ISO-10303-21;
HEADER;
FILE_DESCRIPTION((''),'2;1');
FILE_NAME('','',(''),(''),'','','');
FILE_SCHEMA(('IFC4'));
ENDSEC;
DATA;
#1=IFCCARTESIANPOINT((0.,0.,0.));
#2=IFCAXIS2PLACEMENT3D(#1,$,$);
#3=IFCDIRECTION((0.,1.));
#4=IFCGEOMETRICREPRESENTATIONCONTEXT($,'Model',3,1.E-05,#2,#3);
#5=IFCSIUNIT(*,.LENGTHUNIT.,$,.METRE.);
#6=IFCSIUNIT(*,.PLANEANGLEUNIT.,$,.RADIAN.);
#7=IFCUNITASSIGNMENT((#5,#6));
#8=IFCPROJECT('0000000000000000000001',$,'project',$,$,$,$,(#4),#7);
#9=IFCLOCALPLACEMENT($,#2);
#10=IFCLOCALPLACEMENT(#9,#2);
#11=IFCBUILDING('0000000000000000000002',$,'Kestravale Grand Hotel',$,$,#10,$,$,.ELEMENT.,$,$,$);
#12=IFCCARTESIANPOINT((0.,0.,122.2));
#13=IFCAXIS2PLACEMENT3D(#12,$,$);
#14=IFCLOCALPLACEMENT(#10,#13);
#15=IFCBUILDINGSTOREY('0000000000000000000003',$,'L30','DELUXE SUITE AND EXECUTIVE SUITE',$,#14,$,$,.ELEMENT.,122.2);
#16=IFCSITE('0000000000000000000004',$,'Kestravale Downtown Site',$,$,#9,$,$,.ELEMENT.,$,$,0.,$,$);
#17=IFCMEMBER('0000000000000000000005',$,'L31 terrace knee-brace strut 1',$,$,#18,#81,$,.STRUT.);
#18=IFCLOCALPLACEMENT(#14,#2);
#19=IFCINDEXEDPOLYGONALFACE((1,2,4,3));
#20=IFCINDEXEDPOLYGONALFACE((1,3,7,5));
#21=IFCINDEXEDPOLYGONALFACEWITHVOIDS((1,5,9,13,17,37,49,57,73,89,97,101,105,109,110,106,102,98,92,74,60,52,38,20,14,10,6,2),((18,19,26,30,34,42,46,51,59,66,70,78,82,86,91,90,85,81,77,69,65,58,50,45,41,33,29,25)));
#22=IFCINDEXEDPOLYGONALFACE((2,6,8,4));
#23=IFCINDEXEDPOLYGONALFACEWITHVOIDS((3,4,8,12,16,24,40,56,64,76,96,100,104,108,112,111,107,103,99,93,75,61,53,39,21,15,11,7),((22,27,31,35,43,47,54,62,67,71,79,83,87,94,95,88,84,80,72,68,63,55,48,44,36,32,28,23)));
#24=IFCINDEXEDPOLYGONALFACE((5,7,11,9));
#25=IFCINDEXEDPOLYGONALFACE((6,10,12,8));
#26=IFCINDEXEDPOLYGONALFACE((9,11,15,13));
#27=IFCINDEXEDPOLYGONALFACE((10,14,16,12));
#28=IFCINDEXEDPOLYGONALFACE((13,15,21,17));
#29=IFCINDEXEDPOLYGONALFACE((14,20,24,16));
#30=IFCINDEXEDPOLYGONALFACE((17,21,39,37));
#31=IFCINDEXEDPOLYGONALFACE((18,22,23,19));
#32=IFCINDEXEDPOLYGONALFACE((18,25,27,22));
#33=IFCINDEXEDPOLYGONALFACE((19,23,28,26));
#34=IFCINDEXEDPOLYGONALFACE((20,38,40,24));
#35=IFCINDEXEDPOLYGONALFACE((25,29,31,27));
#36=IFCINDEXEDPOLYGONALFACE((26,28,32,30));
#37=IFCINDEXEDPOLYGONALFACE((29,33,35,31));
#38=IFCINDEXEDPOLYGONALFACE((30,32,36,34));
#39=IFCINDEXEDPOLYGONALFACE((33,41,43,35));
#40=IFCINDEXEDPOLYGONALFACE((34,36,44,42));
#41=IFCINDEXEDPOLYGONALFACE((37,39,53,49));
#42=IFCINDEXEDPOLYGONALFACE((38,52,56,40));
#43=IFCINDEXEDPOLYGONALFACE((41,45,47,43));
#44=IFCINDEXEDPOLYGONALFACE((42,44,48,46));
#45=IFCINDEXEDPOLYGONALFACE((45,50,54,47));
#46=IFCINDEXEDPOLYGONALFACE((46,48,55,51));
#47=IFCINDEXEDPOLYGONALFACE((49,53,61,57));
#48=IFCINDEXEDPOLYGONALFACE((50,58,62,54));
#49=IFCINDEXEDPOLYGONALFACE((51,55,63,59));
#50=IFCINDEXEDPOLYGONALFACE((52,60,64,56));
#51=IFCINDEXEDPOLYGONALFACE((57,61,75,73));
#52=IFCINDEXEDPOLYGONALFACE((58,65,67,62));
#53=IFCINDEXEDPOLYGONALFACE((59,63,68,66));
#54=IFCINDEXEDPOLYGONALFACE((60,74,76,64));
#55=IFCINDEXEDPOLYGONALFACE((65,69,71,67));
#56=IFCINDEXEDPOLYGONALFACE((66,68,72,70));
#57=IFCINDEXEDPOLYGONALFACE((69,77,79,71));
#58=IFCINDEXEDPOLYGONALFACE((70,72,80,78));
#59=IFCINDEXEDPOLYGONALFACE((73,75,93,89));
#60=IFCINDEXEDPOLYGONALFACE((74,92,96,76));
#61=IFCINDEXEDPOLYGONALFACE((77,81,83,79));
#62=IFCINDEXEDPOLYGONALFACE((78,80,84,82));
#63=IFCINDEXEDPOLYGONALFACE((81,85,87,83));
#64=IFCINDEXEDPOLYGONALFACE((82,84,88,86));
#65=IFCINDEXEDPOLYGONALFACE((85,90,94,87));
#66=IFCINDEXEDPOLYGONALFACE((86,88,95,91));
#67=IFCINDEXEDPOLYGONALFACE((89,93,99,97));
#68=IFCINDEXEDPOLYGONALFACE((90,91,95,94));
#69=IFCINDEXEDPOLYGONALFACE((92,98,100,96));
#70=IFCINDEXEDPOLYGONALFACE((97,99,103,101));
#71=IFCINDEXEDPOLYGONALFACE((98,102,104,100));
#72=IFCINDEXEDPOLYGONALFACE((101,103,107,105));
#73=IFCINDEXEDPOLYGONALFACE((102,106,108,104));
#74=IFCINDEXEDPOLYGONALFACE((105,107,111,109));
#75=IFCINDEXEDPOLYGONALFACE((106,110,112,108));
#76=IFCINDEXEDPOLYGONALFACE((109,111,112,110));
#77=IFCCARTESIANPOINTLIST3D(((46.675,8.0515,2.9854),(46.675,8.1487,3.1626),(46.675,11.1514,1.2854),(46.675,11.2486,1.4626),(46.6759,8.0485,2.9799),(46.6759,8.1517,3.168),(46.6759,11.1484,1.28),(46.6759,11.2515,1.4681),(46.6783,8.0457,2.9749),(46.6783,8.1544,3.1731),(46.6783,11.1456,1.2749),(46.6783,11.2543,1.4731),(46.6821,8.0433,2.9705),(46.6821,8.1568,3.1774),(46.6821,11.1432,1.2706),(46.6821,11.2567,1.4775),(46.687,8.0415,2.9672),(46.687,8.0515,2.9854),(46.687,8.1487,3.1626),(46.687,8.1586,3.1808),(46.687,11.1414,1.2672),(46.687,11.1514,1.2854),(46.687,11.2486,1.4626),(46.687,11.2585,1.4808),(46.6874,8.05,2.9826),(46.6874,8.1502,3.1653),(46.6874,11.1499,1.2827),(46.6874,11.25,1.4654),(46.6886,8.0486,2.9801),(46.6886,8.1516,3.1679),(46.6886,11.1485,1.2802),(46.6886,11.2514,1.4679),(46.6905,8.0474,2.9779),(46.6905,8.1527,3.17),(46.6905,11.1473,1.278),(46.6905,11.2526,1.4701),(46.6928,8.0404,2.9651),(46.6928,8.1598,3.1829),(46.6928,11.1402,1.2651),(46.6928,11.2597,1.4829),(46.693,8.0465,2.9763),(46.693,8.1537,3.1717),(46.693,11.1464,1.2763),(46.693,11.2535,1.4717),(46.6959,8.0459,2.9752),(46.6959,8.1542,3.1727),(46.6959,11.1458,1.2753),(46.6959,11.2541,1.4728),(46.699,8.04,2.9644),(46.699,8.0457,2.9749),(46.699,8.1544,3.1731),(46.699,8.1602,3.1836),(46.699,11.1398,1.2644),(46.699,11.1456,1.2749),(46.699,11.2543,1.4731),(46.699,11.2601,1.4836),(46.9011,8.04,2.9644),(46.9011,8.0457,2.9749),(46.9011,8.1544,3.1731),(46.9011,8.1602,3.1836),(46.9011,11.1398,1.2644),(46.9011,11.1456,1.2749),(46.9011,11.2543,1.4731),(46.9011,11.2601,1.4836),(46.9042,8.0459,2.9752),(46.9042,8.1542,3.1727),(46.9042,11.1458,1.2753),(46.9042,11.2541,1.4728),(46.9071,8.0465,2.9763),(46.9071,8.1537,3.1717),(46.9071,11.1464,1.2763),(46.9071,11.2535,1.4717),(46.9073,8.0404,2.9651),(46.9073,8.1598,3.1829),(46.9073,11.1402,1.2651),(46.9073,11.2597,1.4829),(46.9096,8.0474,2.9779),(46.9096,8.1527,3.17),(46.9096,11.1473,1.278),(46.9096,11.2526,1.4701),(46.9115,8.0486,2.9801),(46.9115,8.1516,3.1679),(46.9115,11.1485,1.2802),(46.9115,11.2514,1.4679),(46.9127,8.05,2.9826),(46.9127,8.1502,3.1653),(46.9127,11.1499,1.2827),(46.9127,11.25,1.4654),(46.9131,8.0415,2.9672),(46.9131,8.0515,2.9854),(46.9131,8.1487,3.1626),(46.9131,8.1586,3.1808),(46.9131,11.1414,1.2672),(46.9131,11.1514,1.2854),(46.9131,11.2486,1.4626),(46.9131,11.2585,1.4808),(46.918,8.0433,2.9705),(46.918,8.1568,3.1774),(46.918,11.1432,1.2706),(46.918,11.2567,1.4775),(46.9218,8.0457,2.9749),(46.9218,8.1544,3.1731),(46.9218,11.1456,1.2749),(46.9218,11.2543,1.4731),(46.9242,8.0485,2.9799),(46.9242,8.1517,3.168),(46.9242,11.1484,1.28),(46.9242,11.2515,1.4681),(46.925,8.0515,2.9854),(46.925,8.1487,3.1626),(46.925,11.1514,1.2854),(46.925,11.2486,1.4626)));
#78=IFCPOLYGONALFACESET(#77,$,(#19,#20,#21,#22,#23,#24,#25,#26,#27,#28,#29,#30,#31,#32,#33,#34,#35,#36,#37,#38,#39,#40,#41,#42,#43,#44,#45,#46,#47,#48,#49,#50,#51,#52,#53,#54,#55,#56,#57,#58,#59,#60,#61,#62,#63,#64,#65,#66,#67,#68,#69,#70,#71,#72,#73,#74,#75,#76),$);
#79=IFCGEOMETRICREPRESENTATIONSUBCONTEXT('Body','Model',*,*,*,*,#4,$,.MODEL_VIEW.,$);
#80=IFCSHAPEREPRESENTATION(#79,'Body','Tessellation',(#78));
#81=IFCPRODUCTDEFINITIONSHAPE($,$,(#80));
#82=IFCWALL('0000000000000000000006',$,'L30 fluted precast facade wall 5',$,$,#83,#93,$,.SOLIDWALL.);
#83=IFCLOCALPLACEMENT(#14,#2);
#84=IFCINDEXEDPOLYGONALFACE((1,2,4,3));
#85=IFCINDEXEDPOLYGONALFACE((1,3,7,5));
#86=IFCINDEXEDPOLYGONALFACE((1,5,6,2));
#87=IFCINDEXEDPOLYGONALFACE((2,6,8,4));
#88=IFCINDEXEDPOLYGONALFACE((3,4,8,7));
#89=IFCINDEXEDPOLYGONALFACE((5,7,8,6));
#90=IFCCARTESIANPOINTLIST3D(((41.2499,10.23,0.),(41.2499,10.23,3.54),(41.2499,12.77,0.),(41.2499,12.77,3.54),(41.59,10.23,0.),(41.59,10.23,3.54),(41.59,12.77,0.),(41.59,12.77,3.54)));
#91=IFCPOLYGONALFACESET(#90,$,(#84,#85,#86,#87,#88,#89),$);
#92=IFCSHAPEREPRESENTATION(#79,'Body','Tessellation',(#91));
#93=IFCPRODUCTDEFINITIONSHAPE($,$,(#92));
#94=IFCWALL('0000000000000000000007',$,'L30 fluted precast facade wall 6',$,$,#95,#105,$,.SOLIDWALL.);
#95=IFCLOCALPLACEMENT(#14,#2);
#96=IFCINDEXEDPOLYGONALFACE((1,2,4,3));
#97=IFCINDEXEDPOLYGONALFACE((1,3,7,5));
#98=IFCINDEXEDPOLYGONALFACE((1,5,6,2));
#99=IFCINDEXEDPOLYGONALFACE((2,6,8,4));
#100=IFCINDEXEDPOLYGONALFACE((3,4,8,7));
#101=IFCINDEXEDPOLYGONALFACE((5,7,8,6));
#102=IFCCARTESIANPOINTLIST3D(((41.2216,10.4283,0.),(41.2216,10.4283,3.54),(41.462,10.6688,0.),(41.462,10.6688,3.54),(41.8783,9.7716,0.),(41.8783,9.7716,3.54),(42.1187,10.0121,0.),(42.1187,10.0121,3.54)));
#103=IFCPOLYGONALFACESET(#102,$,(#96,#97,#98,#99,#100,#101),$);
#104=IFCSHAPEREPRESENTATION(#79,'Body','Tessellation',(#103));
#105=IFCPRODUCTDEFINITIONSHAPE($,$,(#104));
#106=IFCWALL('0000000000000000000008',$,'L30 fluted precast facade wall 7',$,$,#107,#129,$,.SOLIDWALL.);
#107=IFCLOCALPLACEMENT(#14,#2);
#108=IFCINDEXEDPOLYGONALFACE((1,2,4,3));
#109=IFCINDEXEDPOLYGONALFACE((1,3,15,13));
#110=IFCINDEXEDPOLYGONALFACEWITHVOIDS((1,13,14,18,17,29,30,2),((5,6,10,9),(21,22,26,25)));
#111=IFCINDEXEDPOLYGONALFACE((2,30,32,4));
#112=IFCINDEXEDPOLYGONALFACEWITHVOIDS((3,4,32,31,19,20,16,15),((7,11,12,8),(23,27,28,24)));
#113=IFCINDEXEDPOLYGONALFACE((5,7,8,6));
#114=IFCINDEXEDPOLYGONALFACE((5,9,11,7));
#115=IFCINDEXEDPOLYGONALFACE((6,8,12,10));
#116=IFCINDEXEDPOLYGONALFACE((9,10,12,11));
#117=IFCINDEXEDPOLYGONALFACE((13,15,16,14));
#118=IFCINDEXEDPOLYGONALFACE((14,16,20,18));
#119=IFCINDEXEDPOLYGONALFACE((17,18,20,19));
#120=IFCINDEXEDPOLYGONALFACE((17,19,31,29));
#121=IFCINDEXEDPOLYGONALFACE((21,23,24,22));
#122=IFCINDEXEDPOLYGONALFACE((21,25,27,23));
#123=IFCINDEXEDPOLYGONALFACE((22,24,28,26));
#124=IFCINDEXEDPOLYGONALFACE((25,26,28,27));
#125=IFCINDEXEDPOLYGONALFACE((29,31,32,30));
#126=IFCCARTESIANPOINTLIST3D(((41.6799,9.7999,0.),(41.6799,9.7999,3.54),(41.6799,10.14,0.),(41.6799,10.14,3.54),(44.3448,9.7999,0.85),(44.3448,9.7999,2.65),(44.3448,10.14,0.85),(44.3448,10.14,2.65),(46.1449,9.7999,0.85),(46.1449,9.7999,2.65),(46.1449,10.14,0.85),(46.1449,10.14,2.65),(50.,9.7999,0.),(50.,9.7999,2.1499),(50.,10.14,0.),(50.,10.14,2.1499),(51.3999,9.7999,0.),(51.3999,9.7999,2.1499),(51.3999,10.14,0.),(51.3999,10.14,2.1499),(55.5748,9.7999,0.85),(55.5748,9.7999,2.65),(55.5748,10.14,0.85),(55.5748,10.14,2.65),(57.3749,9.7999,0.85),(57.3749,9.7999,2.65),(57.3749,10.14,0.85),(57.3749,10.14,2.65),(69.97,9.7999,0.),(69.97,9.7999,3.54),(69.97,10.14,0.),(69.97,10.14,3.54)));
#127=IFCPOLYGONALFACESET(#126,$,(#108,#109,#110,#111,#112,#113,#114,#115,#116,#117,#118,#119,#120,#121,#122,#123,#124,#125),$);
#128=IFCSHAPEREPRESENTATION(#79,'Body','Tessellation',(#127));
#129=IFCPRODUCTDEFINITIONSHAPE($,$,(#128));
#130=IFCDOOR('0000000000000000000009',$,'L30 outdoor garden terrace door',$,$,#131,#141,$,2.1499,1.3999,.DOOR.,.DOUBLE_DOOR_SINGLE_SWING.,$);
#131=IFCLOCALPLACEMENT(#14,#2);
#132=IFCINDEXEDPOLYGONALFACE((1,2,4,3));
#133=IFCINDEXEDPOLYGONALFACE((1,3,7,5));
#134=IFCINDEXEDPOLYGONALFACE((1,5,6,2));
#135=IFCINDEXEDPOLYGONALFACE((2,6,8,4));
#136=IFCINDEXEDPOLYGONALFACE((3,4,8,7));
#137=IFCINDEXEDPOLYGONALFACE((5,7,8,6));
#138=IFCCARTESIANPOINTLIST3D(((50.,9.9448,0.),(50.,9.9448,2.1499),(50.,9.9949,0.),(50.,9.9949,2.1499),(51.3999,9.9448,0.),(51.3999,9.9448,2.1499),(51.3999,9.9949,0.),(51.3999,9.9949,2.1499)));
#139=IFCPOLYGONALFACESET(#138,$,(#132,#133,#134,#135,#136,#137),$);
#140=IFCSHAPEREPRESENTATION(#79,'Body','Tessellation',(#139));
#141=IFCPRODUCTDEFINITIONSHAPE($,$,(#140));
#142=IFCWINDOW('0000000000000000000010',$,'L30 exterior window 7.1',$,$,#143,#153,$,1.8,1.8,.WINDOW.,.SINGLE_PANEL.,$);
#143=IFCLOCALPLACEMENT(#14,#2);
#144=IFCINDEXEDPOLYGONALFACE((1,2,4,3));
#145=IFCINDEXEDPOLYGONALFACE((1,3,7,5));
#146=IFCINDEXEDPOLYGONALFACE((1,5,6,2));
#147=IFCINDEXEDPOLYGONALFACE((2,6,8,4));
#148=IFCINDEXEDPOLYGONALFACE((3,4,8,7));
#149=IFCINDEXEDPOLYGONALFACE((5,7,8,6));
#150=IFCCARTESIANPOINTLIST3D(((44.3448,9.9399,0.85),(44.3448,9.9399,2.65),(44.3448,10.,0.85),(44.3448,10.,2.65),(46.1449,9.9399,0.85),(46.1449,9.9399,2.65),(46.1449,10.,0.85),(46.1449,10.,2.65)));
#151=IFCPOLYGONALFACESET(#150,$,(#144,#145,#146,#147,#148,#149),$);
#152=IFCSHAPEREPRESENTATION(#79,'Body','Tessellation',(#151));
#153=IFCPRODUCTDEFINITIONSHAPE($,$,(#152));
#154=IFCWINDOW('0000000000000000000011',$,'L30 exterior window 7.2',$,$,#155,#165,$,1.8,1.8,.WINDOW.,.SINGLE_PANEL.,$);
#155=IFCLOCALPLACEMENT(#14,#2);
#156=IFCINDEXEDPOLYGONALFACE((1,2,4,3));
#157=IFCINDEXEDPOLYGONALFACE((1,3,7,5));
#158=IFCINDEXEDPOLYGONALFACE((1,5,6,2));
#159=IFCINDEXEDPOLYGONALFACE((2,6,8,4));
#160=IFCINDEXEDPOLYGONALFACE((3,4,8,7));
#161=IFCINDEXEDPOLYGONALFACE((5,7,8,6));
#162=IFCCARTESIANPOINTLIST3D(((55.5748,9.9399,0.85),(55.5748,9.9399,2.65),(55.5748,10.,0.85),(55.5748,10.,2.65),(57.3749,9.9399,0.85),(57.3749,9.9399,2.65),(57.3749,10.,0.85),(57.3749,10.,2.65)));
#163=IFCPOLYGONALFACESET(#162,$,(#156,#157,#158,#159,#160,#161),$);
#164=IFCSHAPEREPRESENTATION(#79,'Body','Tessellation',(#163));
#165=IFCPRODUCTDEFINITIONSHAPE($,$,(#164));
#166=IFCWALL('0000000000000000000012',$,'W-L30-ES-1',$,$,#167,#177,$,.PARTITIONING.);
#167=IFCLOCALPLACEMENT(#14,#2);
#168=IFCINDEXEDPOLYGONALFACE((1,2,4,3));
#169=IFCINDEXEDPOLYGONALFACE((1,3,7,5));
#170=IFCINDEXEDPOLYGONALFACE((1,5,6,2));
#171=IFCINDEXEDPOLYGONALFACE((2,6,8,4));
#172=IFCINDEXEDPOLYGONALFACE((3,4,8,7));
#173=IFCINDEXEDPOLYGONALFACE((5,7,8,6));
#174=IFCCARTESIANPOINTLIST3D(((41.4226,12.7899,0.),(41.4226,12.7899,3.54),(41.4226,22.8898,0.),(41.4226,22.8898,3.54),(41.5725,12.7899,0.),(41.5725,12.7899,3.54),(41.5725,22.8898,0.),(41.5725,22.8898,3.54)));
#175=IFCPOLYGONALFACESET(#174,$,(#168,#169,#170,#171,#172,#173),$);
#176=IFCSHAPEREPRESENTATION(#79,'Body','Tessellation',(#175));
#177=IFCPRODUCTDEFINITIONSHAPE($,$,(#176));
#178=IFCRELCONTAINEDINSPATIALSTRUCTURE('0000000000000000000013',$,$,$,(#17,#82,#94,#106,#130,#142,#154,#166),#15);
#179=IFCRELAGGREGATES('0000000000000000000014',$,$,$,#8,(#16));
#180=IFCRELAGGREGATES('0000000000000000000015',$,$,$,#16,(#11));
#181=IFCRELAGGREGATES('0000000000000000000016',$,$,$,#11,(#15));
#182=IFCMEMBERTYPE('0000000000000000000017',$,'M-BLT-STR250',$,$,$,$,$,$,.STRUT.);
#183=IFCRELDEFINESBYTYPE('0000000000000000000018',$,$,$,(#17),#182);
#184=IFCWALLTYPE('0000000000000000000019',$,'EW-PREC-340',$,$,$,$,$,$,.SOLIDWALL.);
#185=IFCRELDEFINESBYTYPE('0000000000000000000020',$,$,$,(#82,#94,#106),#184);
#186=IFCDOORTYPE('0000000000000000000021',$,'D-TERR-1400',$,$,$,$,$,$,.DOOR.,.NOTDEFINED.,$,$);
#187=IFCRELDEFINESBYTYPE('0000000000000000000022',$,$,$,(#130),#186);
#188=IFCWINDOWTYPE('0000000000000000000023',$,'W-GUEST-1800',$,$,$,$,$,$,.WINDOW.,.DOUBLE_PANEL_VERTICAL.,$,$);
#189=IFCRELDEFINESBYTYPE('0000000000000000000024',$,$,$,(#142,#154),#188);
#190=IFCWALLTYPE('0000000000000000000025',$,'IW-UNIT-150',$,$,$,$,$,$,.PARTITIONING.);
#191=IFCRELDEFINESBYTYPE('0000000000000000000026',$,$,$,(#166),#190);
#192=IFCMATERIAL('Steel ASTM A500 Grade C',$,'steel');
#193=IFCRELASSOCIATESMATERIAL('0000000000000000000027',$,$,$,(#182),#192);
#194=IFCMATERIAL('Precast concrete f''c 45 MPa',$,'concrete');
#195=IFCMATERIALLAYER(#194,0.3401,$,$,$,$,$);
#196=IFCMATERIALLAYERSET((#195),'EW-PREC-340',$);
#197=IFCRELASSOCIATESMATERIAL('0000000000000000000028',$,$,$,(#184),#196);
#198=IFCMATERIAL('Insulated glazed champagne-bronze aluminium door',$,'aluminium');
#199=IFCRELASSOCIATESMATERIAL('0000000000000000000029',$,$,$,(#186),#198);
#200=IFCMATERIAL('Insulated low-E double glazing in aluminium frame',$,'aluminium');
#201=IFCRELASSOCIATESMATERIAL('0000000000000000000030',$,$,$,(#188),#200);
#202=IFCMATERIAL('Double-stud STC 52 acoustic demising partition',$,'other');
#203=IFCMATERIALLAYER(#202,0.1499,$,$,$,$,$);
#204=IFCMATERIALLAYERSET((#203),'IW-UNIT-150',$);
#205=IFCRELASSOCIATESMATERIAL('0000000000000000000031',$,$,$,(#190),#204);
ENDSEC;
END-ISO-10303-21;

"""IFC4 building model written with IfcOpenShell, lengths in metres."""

from ifc_helpers import new_model, si_unit, direction, frame, frame_2d, origin, origin_2d, place, context, subcontext, project, spatial, rectangle, hollow_rectangle, extrude, material, layer, layer_set, material_profile, profile_set, type_object, element, fill, save


model = new_model("IFC4")

# Units and contexts
model_context = context("Model", 3, precision=1e-05, world=origin(), true_north=direction((0.0, 1.0)))
body_context = subcontext(model_context, "Body", "Model", "MODEL_VIEW")
ifc_project = project(units=[si_unit("LENGTHUNIT", "METRE"), si_unit("PLANEANGLEUNIT", "RADIAN")], contexts=[model_context])

# Site, building, storey
site_placement = place(None, origin())
site = spatial("IfcSite", under=ifc_project, at=site_placement, Name="Kestravale Downtown Site", CompositionType="ELEMENT", RefElevation=0.0)
building_placement = place(site_placement, origin())
building = spatial("IfcBuilding", under=site, at=building_placement, Name="Kestravale Grand Hotel", CompositionType="ELEMENT")
storey_placement = place(building_placement, frame((0.0, 0.0, 122.2)))
storey = spatial("IfcBuildingStorey", under=building, at=storey_placement, Name="L30", Description="DELUXE SUITE AND EXECUTIVE SUITE", CompositionType="ELEMENT", Elevation=122.2)

# Member
ifc_material_1 = material(Name="Steel ASTM A500 Grade C", Category="steel")
ifc_material_profile_1 = material_profile(ifc_material_1, hollow_rectangle(XDim=0.25, YDim=0.25, WallThickness=0.012, InnerFilletRadius=0.012, OuterFilletRadius=0.0239, at=origin_2d()))
ifc_profile_set_1 = profile_set([ifc_material_profile_1], Name="Steel ASTM A500 Grade C")
member_type = type_object("IfcMemberType", Name="M-BLT-STR250", PredefinedType="STRUT", material=ifc_profile_set_1)
member_placement = place(storey_placement, frame((46.8, 11.2, 1.374), z_axis=(0.0, -0.876809, 0.480839), x_axis=(1.0, 0.0, 0.0)))
element("IfcMember", 1, at=member_placement, inside=storey, type_object=member_type, Name="L31 terrace knee-brace strut 1", PredefinedType="STRUT", context=body_context, shape_type="SweptSolid", body=[
    extrude(hollow_rectangle(XDim=0.25, YDim=0.25, WallThickness=0.012, InnerFilletRadius=0.012, OuterFilletRadius=0.0239, at=origin_2d()), origin(), (0.0, 0.0, 1.0), 3.5354),
])

# Walls
ifc_material_2 = material(Name="Precast concrete f'c 45 MPa", Category="concrete")
ifc_layer_1 = layer(ifc_material_2, 0.3401)
ifc_layer_set_1 = layer_set([ifc_layer_1], Name="EW-PREC-340")
wall_type_1 = type_object("IfcWallType", Name="EW-PREC-340", PredefinedType="SOLIDWALL", material=ifc_layer_set_1)
wall_1_placement = place(storey_placement, frame((41.4199, 12.77, 0.0), z_axis=(0.0, 0.0, 1.0), x_axis=(0.0, -1.0, 0.0)))
element("IfcWall", 2, at=wall_1_placement, inside=storey, type_object=wall_type_1, Name="L30 fluted precast facade wall 5", PredefinedType="SOLIDWALL", context=body_context, shape_type="SweptSolid", body=[
    extrude(rectangle(XDim=2.54, YDim=0.3401, at=frame_2d((1.27, 0.0))), origin(), (0.0, 0.0, 1.0), 3.54),
])
wall_2_placement = place(storey_placement, frame((41.3418, 10.5486, 0.0), z_axis=(0.0, 0.0, 1.0), x_axis=(0.707107, -0.707107, 0.0)))
element("IfcWall", 3, at=wall_2_placement, inside=storey, type_object=wall_type_1, Name="L30 fluted precast facade wall 6", PredefinedType="SOLIDWALL", context=body_context, shape_type="SweptSolid", body=[
    extrude(rectangle(XDim=0.9287, YDim=0.3401, at=frame_2d((0.4644, 0.0))), origin(), (0.0, 0.0, 1.0), 3.54),
])

# Wall, openings, door, windows
wall_3_placement = place(storey_placement, frame((41.6799, 9.97, 0.0), z_axis=(0.0, 0.0, 1.0), x_axis=(1.0, 0.0, 0.0)))
wall_3 = element("IfcWall", 4, at=wall_3_placement, inside=storey, type_object=wall_type_1, Name="L30 fluted precast facade wall 7", PredefinedType="SOLIDWALL", context=body_context, shape_type="SweptSolid", body=[
    extrude(rectangle(XDim=28.29, YDim=0.3401, at=frame_2d((14.145, 0.0))), origin(), (0.0, 0.0, 1.0), 3.54),
])
opening_1_placement = place(wall_3_placement, frame((8.3201, 0.0, 0.0)))
opening_1 = element("IfcOpeningElement", 5, at=opening_1_placement, cuts=wall_3, PredefinedType="OPENING", context=body_context, shape_type="SweptSolid", body=[
    extrude(rectangle(XDim=1.3999, YDim=2.1499, at=frame_2d((0.7, 1.075))), frame((0.0, 0.1799, 0.0), z_axis=(0.0, -1.0, 0.0), x_axis=(1.0, 0.0, 0.0)), (0.0, 0.0, 1.0), 0.3601),
])
opening_2_placement = place(wall_3_placement, frame((2.665, 0.0, 0.8501)))
opening_2 = element("IfcOpeningElement", 6, at=opening_2_placement, cuts=wall_3, PredefinedType="OPENING", context=body_context, shape_type="SweptSolid", body=[
    extrude(rectangle(XDim=1.8, YDim=1.8, at=frame_2d((0.8999, 0.8999))), frame((0.0, 0.1799, 0.0), z_axis=(0.0, -1.0, 0.0), x_axis=(1.0, 0.0, 0.0)), (0.0, 0.0, 1.0), 0.3601),
])
opening_3_placement = place(wall_3_placement, frame((13.895, 0.0, 0.8501)))
opening_3 = element("IfcOpeningElement", 7, at=opening_3_placement, cuts=wall_3, PredefinedType="OPENING", context=body_context, shape_type="SweptSolid", body=[
    extrude(rectangle(XDim=1.8, YDim=1.8, at=frame_2d((0.8999, 0.8999))), frame((0.0, 0.1799, 0.0), z_axis=(0.0, -1.0, 0.0), x_axis=(1.0, 0.0, 0.0)), (0.0, 0.0, 1.0), 0.3601),
])
ifc_material_3 = material(Name="Insulated glazed champagne-bronze aluminium door", Category="aluminium")
door_type = type_object("IfcDoorType", Name="D-TERR-1400", OperationType="NOTDEFINED", PredefinedType="DOOR", material=ifc_material_3)
door_placement = place(opening_1_placement, origin())
door = element("IfcDoor", 8, at=door_placement, inside=storey, type_object=door_type, Name="L30 outdoor garden terrace door", OperationType="DOUBLE_DOOR_SINGLE_SWING", OverallHeight=2.1499, OverallWidth=1.3999, PredefinedType="DOOR", context=body_context, shape_type="SweptSolid", body=[
    extrude(rectangle(XDim=1.3999, YDim=2.1499, at=frame_2d((0.7, 1.075))), frame((0.0, 0.0249, 0.0), z_axis=(0.0, -1.0, 0.0), x_axis=(1.0, 0.0, 0.0)), (0.0, 0.0, 1.0), 0.05),
])
fill(opening_1, door)
ifc_material_4 = material(Name="Insulated low-E double glazing in aluminium frame", Category="aluminium")
window_type = type_object("IfcWindowType", Name="W-GUEST-1800", PartitioningType="DOUBLE_PANEL_VERTICAL", PredefinedType="WINDOW", material=ifc_material_4)
window_1_placement = place(opening_2_placement, origin())
window_1 = element("IfcWindow", 9, at=window_1_placement, inside=storey, type_object=window_type, Name="L30 exterior window 7.1", OverallHeight=1.8, OverallWidth=1.8, PartitioningType="SINGLE_PANEL", PredefinedType="WINDOW", context=body_context, shape_type="SweptSolid", body=[
    extrude(rectangle(XDim=1.8, YDim=1.8, at=frame_2d((0.8999, 0.8999))), frame((0.0, 0.03, 0.0), z_axis=(0.0, -1.0, 0.0), x_axis=(1.0, 0.0, 0.0)), (0.0, 0.0, 1.0), 0.0601),
])
fill(opening_2, window_1)
window_2_placement = place(opening_3_placement, origin())
window_2 = element("IfcWindow", 10, at=window_2_placement, inside=storey, type_object=window_type, Name="L30 exterior window 7.2", OverallHeight=1.8, OverallWidth=1.8, PartitioningType="SINGLE_PANEL", PredefinedType="WINDOW", context=body_context, shape_type="SweptSolid", body=[
    extrude(rectangle(XDim=1.8, YDim=1.8, at=frame_2d((0.8999, 0.8999))), frame((0.0, 0.03, 0.0), z_axis=(0.0, -1.0, 0.0), x_axis=(1.0, 0.0, 0.0)), (0.0, 0.0, 1.0), 0.0601),
])
fill(opening_3, window_2)

# Wall
ifc_material_5 = material(Name="Double-stud STC 52 acoustic demising partition", Category="other")
ifc_layer_2 = layer(ifc_material_5, 0.1499)
ifc_layer_set_2 = layer_set([ifc_layer_2], Name="IW-UNIT-150")
wall_type_2 = type_object("IfcWallType", Name="IW-UNIT-150", PredefinedType="PARTITIONING", material=ifc_layer_set_2)
wall_4_placement = place(storey_placement, frame((41.4976, 12.79, 0.0), z_axis=(0.0, 0.0, 1.0), x_axis=(0.0, 1.0, 0.0)))
element("IfcWall", 11, at=wall_4_placement, inside=storey, type_object=wall_type_2, Name="W-L30-ES-1", PredefinedType="PARTITIONING", context=body_context, shape_type="SweptSolid", body=[
    extrude(rectangle(XDim=10.0999, YDim=0.1499, at=frame_2d((5.0498, 0.0))), origin(), (0.0, 0.0, 1.0), 3.54),
])

save(model, "model.ifc")
